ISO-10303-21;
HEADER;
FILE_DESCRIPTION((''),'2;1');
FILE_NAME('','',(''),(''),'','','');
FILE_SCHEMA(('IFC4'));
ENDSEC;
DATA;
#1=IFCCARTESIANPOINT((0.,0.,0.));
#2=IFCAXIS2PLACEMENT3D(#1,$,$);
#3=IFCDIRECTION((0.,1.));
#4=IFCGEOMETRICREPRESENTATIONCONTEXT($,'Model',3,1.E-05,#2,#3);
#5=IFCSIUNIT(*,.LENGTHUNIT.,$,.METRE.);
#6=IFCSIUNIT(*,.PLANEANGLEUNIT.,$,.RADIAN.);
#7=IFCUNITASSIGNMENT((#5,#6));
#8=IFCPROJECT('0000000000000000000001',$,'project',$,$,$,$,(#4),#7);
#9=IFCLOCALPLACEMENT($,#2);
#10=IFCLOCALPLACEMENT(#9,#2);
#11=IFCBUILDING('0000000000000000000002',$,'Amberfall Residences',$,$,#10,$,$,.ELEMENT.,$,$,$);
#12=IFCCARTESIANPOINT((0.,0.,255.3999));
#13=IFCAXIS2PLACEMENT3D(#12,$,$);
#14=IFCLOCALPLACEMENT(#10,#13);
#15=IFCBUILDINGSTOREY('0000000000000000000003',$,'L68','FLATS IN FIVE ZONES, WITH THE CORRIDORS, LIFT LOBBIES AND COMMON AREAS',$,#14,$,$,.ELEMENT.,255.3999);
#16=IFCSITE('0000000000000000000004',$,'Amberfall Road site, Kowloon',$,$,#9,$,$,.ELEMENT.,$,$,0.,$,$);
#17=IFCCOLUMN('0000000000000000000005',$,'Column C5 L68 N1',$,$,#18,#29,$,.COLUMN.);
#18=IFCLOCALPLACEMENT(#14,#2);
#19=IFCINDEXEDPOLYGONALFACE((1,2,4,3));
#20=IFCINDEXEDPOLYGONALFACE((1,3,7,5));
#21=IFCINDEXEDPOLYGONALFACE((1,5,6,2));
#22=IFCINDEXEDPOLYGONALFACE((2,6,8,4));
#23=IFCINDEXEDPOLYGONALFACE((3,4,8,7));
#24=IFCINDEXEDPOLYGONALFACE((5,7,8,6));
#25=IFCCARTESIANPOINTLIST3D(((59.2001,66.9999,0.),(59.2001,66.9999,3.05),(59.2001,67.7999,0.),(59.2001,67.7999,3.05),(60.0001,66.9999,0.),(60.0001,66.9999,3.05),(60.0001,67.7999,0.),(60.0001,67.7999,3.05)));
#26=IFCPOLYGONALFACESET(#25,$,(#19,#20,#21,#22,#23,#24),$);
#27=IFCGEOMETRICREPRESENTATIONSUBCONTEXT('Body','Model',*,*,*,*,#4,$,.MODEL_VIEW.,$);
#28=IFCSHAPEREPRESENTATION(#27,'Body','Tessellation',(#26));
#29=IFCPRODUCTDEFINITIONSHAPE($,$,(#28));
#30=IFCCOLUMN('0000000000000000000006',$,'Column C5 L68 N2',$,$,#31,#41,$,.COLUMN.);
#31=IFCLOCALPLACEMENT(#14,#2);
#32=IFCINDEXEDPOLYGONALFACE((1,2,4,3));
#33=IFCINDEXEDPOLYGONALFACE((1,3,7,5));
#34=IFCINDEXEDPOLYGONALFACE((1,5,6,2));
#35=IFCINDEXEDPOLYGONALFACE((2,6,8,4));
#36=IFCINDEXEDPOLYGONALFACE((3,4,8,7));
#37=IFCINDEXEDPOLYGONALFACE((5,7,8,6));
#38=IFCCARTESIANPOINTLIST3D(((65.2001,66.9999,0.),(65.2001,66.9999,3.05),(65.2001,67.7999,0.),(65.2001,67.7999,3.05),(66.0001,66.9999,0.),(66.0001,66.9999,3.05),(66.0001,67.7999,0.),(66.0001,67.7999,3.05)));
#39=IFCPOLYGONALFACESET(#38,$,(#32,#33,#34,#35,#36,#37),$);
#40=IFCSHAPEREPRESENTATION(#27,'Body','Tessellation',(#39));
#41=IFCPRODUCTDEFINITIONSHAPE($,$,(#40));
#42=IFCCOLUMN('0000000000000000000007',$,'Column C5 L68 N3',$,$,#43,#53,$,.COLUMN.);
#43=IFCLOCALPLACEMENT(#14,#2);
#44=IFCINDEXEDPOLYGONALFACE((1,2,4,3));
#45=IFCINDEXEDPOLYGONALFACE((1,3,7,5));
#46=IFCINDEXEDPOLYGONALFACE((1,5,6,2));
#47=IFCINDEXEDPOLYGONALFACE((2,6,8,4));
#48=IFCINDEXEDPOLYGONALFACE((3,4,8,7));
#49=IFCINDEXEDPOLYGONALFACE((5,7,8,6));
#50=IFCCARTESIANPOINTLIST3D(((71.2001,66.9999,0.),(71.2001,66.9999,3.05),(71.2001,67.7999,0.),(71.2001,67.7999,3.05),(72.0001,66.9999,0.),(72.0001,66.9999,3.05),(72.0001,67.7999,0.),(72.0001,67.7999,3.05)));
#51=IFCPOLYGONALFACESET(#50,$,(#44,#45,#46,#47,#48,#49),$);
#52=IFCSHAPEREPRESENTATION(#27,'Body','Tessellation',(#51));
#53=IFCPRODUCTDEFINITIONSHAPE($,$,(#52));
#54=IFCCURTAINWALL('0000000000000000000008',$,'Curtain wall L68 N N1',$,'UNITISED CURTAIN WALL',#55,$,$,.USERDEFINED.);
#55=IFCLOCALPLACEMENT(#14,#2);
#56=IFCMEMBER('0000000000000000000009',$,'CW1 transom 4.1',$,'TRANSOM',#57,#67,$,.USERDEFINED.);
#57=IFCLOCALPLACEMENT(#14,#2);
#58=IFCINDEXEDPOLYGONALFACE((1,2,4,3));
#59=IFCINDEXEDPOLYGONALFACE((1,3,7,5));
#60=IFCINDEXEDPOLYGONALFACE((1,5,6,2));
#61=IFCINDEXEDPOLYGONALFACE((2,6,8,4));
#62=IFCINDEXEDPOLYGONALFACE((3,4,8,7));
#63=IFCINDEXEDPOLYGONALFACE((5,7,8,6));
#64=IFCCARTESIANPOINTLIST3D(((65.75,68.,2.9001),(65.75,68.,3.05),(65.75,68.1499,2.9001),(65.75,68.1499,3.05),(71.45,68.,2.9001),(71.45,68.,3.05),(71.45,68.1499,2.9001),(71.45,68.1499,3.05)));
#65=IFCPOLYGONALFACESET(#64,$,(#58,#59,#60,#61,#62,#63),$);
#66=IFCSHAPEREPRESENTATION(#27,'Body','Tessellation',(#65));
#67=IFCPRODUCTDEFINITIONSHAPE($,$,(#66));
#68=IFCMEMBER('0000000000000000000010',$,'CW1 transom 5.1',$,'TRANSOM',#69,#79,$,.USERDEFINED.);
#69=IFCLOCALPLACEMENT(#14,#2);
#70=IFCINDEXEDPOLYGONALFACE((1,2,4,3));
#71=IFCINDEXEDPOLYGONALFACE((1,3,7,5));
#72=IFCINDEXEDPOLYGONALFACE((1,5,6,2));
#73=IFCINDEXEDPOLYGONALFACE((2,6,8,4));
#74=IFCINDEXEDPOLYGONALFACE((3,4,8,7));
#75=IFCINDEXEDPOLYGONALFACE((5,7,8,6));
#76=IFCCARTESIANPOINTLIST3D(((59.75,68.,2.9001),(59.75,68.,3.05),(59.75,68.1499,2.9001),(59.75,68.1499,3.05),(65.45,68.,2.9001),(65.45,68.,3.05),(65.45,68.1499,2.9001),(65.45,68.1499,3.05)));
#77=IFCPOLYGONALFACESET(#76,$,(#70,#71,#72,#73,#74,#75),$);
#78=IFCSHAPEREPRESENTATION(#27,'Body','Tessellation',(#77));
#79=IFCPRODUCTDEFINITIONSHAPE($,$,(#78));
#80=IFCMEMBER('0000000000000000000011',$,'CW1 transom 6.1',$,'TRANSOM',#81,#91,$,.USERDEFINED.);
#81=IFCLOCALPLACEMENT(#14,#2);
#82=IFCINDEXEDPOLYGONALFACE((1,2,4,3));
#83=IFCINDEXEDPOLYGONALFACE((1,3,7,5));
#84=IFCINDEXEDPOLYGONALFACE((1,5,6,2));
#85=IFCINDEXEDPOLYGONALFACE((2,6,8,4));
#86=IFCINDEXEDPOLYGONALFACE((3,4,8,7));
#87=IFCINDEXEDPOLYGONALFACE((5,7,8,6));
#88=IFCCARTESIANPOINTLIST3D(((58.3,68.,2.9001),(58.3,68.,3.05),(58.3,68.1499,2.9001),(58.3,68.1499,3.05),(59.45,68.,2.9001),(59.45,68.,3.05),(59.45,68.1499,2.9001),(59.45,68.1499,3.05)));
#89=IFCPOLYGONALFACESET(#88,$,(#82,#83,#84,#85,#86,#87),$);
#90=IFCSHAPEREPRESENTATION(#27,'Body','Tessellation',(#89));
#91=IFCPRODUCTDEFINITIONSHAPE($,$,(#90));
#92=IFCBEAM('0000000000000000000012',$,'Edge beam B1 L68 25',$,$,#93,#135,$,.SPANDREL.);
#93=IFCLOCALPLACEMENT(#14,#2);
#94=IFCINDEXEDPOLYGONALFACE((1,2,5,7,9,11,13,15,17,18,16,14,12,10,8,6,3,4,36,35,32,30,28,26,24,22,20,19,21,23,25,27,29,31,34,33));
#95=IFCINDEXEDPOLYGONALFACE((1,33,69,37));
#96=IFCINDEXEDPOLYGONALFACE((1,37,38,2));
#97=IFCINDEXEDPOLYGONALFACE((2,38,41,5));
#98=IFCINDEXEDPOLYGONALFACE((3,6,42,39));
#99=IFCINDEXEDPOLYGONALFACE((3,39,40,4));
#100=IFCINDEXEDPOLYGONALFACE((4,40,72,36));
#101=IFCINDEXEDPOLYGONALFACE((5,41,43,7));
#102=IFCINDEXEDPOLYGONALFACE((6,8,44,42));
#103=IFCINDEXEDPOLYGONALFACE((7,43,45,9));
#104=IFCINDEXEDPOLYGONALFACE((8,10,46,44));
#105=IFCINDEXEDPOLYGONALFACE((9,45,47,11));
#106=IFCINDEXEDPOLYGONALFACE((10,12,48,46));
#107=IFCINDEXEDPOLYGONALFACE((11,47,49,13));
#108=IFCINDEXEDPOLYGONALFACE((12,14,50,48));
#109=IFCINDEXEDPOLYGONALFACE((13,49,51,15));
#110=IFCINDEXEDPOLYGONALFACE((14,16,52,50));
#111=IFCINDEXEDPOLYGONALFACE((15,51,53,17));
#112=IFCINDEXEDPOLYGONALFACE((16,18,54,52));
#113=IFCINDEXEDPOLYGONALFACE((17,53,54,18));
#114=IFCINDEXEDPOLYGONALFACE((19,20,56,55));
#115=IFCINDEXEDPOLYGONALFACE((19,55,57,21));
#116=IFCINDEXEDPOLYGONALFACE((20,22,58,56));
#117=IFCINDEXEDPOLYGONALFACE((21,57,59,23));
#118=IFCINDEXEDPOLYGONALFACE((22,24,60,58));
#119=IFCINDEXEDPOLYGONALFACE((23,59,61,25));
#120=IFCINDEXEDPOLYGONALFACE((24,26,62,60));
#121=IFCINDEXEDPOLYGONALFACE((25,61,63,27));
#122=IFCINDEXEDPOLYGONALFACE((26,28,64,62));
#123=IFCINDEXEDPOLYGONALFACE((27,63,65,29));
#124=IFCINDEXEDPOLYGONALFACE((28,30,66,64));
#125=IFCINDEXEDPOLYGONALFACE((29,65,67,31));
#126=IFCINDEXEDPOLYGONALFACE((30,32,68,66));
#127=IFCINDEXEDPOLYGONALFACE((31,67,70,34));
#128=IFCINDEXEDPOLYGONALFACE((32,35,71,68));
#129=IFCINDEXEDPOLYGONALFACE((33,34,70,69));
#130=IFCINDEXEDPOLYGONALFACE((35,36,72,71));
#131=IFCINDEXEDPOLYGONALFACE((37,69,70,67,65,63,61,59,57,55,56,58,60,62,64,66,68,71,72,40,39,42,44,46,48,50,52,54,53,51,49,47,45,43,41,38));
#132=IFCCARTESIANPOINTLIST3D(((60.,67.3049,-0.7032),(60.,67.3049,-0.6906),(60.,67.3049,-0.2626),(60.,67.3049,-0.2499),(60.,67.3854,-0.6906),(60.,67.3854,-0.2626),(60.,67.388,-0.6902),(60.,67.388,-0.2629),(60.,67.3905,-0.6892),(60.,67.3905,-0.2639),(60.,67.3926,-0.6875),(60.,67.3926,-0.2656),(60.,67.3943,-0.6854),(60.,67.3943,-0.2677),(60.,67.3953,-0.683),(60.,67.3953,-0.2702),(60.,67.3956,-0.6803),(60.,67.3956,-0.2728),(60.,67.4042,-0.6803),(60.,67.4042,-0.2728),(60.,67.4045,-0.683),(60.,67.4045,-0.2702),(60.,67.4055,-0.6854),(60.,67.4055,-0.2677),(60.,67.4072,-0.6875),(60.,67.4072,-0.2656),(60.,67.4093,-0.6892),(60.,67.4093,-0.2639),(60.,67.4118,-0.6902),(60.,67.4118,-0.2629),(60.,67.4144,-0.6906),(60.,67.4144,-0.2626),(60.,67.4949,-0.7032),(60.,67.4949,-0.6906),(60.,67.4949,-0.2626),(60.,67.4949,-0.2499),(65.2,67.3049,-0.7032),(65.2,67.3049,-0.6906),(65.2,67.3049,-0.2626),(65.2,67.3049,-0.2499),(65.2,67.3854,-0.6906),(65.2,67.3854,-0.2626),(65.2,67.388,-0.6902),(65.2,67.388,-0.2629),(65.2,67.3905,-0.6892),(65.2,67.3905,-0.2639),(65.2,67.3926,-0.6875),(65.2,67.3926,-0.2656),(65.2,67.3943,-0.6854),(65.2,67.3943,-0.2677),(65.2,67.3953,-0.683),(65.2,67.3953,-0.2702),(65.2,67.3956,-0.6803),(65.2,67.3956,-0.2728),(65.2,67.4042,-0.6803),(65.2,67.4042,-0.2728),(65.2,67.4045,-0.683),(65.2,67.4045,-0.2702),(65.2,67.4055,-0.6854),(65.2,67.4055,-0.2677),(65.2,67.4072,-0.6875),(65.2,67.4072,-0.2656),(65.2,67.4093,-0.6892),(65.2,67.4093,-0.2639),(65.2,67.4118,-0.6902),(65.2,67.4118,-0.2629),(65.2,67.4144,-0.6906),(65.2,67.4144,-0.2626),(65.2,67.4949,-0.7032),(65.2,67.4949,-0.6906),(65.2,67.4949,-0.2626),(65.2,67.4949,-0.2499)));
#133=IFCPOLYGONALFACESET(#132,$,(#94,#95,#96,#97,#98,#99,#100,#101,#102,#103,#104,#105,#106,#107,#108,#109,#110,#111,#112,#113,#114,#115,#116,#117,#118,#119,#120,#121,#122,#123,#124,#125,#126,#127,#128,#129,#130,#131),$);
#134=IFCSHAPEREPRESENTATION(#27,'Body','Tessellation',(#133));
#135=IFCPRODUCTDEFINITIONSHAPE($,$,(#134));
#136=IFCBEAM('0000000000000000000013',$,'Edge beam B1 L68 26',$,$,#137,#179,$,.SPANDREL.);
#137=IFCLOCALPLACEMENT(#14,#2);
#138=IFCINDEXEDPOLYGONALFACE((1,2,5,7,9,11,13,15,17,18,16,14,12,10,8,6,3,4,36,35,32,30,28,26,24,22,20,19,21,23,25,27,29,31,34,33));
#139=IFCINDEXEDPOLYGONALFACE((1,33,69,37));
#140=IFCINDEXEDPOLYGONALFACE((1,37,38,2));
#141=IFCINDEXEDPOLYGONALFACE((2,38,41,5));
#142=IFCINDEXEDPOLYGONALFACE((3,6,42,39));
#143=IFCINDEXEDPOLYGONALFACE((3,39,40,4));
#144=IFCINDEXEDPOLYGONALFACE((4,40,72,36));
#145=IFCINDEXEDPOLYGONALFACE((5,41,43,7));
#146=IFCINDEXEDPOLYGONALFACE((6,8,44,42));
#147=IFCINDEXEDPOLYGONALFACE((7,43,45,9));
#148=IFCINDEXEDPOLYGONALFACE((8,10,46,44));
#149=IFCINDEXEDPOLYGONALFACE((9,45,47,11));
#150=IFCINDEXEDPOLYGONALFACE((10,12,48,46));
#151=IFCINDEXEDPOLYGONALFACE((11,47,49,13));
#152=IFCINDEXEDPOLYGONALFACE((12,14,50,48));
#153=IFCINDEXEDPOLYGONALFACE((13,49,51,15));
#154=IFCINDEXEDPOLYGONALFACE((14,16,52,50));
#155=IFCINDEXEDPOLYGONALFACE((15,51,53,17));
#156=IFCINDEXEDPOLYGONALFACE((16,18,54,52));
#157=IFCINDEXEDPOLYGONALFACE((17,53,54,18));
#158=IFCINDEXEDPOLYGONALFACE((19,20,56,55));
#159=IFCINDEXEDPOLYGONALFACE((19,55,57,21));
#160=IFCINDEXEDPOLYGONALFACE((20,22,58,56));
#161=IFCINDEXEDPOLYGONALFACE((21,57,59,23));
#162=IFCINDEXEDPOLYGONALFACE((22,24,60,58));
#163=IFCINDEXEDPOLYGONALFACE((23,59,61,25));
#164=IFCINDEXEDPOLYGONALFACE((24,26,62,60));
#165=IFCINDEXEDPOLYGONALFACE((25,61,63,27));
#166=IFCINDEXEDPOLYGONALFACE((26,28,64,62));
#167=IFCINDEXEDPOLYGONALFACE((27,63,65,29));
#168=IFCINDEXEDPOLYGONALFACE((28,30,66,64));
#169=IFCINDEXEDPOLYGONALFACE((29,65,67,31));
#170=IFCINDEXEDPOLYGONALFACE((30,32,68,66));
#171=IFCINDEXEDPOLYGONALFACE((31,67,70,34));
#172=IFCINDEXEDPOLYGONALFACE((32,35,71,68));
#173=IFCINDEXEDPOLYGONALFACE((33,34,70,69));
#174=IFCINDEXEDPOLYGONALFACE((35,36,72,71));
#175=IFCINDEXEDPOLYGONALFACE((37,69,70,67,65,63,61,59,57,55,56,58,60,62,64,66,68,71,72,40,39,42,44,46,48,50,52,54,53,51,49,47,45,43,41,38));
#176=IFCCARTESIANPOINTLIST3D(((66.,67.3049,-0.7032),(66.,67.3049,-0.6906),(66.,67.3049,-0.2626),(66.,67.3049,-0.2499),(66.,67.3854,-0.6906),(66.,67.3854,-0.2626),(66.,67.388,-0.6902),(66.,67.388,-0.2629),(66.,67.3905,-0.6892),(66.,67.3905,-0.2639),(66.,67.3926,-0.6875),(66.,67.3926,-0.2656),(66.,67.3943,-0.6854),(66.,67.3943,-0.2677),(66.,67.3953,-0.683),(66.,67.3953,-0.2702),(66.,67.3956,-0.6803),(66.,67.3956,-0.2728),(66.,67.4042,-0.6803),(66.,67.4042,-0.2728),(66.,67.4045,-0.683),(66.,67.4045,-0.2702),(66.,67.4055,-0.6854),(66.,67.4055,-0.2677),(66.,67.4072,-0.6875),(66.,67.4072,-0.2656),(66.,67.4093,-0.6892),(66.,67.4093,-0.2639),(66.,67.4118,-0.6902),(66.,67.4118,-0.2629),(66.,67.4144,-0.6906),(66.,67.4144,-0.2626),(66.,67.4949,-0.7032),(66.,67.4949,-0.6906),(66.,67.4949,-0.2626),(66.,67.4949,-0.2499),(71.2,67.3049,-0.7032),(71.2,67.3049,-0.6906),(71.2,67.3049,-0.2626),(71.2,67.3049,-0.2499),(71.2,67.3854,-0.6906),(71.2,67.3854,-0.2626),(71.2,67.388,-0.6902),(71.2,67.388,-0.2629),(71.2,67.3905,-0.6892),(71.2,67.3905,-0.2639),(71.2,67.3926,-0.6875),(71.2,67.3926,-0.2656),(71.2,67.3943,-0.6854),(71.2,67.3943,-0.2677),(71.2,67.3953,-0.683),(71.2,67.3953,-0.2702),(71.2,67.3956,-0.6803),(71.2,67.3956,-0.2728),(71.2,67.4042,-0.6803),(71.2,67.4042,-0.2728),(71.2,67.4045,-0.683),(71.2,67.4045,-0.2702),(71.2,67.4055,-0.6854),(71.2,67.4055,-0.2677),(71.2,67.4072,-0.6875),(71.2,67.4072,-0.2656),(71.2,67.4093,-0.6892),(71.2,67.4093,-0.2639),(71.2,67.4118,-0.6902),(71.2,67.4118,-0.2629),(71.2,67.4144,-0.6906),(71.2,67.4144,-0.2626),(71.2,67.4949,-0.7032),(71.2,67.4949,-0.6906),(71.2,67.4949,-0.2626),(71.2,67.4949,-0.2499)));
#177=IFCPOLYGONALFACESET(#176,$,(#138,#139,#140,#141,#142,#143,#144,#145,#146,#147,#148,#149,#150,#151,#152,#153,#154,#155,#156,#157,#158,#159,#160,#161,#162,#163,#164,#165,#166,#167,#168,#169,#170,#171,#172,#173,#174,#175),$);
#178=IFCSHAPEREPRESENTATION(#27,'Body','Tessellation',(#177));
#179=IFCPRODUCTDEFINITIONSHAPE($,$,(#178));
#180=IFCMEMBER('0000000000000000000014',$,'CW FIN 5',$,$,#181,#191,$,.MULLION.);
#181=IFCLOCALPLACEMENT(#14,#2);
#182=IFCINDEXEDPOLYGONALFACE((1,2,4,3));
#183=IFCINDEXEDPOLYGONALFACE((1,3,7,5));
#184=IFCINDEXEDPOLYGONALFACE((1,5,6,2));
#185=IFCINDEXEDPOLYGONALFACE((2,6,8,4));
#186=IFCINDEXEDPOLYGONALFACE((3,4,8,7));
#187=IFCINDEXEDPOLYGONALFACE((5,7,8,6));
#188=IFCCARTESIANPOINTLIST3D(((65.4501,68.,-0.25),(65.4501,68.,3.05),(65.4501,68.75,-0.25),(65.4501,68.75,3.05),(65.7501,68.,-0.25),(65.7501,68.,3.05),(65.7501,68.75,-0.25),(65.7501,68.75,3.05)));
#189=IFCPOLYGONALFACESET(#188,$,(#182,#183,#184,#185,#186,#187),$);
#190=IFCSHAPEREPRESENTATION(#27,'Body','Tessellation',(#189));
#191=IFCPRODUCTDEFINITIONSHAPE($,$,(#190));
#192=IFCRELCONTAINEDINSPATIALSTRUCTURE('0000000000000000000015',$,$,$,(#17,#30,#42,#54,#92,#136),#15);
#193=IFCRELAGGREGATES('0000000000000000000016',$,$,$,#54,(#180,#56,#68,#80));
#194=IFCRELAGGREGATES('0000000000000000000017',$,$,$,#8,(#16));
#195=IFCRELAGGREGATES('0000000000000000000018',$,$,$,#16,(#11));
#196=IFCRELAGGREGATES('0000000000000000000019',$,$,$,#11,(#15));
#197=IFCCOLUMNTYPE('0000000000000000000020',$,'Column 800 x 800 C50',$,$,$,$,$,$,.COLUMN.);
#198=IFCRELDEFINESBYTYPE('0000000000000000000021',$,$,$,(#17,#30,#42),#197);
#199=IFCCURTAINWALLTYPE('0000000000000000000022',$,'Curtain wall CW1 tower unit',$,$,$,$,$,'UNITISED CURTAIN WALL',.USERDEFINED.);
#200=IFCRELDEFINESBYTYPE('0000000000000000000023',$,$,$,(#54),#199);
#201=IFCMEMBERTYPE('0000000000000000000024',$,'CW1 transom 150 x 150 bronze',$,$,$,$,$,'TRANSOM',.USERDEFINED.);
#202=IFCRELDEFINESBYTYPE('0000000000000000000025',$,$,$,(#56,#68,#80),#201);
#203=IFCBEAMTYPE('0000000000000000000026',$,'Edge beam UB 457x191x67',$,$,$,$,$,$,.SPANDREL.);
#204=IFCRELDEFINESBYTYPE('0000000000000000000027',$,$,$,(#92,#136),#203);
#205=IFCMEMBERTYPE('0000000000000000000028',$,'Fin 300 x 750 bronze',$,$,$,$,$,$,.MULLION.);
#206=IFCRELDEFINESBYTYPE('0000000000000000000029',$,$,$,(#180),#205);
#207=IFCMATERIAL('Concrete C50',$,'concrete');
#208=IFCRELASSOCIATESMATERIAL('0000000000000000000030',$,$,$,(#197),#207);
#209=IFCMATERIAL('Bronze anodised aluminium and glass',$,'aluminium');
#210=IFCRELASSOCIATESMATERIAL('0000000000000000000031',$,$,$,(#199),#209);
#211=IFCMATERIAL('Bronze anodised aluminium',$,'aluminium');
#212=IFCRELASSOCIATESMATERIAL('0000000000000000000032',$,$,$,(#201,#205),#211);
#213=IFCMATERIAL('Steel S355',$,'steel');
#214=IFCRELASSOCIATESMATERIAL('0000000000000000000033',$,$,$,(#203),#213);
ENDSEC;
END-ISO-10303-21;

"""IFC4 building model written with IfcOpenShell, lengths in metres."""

from ifc_helpers import new_model, si_unit, direction, frame, origin, origin_2d, place, context, subcontext, project, spatial, rectangle, i_section, extrude, material, material_profile, profile_set, type_object, element, aggregate, save


model = new_model("IFC4")

# Units and contexts
model_context = context("Model", 3, precision=1e-05, world=origin(), true_north=direction((0.0, 1.0)))
body_context = subcontext(model_context, "Body", "Model", "MODEL_VIEW")
ifc_project = project(units=[si_unit("LENGTHUNIT", "METRE"), si_unit("PLANEANGLEUNIT", "RADIAN")], contexts=[model_context])

# Site, building, storey
site_placement = place(None, origin())
site = spatial("IfcSite", under=ifc_project, at=site_placement, Name="Amberfall Road site, Kowloon", CompositionType="ELEMENT", RefElevation=0.0)
building_placement = place(site_placement, origin())
building = spatial("IfcBuilding", under=site, at=building_placement, Name="Amberfall Residences", CompositionType="ELEMENT")
storey_placement = place(building_placement, frame((0.0, 0.0, 255.3999)))
storey = spatial("IfcBuildingStorey", under=building, at=storey_placement, Name="L68", Description="FLATS IN FIVE ZONES, WITH THE CORRIDORS, LIFT LOBBIES AND COMMON AREAS", CompositionType="ELEMENT", Elevation=255.3999)

# Columns
ifc_material_1 = material(Name="Concrete C50", Category="concrete")
ifc_material_profile_1 = material_profile(ifc_material_1, rectangle(XDim=0.8, YDim=0.8, at=origin_2d()), Name="Column 800 x 800 C50")
ifc_profile_set_1 = profile_set([ifc_material_profile_1], Name="Concrete C50")
column_type = type_object("IfcColumnType", Name="Column 800 x 800 C50", PredefinedType="COLUMN", material=ifc_profile_set_1)
for number, where, z_axis, x_axis, name in (
    (1, (59.6001, 67.3999, 0.0), (0.0, 0.0, 1.0), (1.0, 0.0, 0.0), "Column C5 L68 N1"),
    (2, (65.6001, 67.3999, 0.0), (0.0, 0.0, 1.0), (1.0, 0.0, 0.0), "Column C5 L68 N2"),
    (3, (71.6001, 67.3999, 0.0), (0.0, 0.0, 1.0), (1.0, 0.0, 0.0), "Column C5 L68 N3"),
):
    element("IfcColumn", number, at=place(storey_placement, frame(where, z_axis=z_axis, x_axis=x_axis)), inside=storey, type_object=column_type, Name=name, PredefinedType="COLUMN", context=body_context, shape_type="SweptSolid", body=[
        extrude(rectangle(XDim=0.8, YDim=0.8, at=origin_2d()), origin(), (0.0, 0.0, 1.0), 3.05),
    ])

# Curtain wall, members
ifc_material_2 = material(Name="Bronze anodised aluminium and glass", Category="aluminium")
curtain_wall_type = type_object("IfcCurtainWallType", Name="Curtain wall CW1 tower unit", ElementType="UNITISED CURTAIN WALL", PredefinedType="USERDEFINED", material=ifc_material_2)
curtain_wall_placement = place(storey_placement, origin())
curtain_wall = element("IfcCurtainWall", 4, at=curtain_wall_placement, inside=storey, type_object=curtain_wall_type, Name="Curtain wall L68 N N1", ObjectType="UNITISED CURTAIN WALL", PredefinedType="USERDEFINED")
ifc_material_3 = material(Name="Bronze anodised aluminium", Category="aluminium")
ifc_material_profile_2 = material_profile(ifc_material_3, rectangle(XDim=0.1499, YDim=0.1499, at=origin_2d()), Name="CW1 transom 150 x 150 bronze")
ifc_profile_set_2 = profile_set([ifc_material_profile_2], Name="Bronze anodised aluminium")
member_type_1 = type_object("IfcMemberType", Name="CW1 transom 150 x 150 bronze", ElementType="TRANSOM", PredefinedType="USERDEFINED", material=ifc_profile_set_2)
member_1_placement = place(storey_placement, frame((71.45, 68.075, 2.9751), z_axis=(-1.0, 0.0, 0.0), x_axis=(0.0, -1.0, 0.0)))
member_1 = element("IfcMember", 5, at=member_1_placement, type_object=member_type_1, Name="CW1 transom 4.1", ObjectType="TRANSOM", PredefinedType="USERDEFINED", context=body_context, shape_type="SweptSolid", body=[
    extrude(rectangle(XDim=0.1499, YDim=0.1499, at=origin_2d()), origin(), (0.0, 0.0, 1.0), 5.7),
])
member_2_placement = place(storey_placement, frame((65.45, 68.075, 2.9751), z_axis=(-1.0, 0.0, 0.0), x_axis=(0.0, -1.0, 0.0)))
member_2 = element("IfcMember", 6, at=member_2_placement, type_object=member_type_1, Name="CW1 transom 5.1", ObjectType="TRANSOM", PredefinedType="USERDEFINED", context=body_context, shape_type="SweptSolid", body=[
    extrude(rectangle(XDim=0.1499, YDim=0.1499, at=origin_2d()), origin(), (0.0, 0.0, 1.0), 5.7),
])
member_3_placement = place(storey_placement, frame((59.45, 68.075, 2.9751), z_axis=(-1.0, 0.0, 0.0), x_axis=(0.0, -1.0, 0.0)))
member_3 = element("IfcMember", 7, at=member_3_placement, type_object=member_type_1, Name="CW1 transom 6.1", ObjectType="TRANSOM", PredefinedType="USERDEFINED", context=body_context, shape_type="SweptSolid", body=[
    extrude(rectangle(XDim=0.1499, YDim=0.1499, at=origin_2d()), origin(), (0.0, 0.0, 1.0), 1.1499),
])

# Beams
ifc_material_4 = material(Name="Steel S355", Category="steel")
ifc_material_profile_3 = material_profile(ifc_material_4, i_section(OverallWidth=0.1899, OverallDepth=0.4534, WebThickness=0.0085, FlangeThickness=0.0127, FilletRadius=0.0103, at=origin_2d()), Name="UB 457x191x67")
ifc_profile_set_3 = profile_set([ifc_material_profile_3], Name="Steel S355")
beam_type_1 = type_object("IfcBeamType", Name="Edge beam UB 457x191x67", PredefinedType="SPANDREL", material=ifc_profile_set_3)
for number, where, z_axis, x_axis, name in (
    (8, (60.0, 67.3999, -0.4766), (1.0, 0.0, 0.0), (0.0, 1.0, 0.0), "Edge beam B1 L68 25"),
    (9, (66.0, 67.3999, -0.4766), (1.0, 0.0, 0.0), (0.0, 1.0, 0.0), "Edge beam B1 L68 26"),
):
    element("IfcBeam", number, at=place(storey_placement, frame(where, z_axis=z_axis, x_axis=x_axis)), inside=storey, type_object=beam_type_1, Name=name, PredefinedType="SPANDREL", context=body_context, shape_type="SweptSolid", body=[
        extrude(i_section(OverallWidth=0.1899, OverallDepth=0.4534, WebThickness=0.0085, FlangeThickness=0.0127, FilletRadius=0.0103, at=origin_2d()), origin(), (0.0, 0.0, 1.0), 5.2),
    ])

# Member
ifc_material_profile_4 = material_profile(ifc_material_3, rectangle(XDim=0.75, YDim=0.3, at=origin_2d()), Name="Fin 300 x 750 bronze")
ifc_profile_set_4 = profile_set([ifc_material_profile_4], Name="Bronze anodised aluminium")
member_type_2 = type_object("IfcMemberType", Name="Fin 300 x 750 bronze", PredefinedType="MULLION", material=ifc_profile_set_4)
member_4_placement = place(storey_placement, frame((65.6001, 68.375, -0.25), z_axis=(0.0, 0.0, 1.0), x_axis=(0.0, -1.0, 0.0)))
member_4 = element("IfcMember", 10, at=member_4_placement, type_object=member_type_2, Name="CW FIN 5", PredefinedType="MULLION", context=body_context, shape_type="SweptSolid", body=[
    extrude(rectangle(XDim=0.75, YDim=0.3, at=origin_2d()), origin(), (0.0, 0.0, 1.0), 3.3),
])

aggregate(curtain_wall, [member_4, member_1, member_2, member_3])

save(model, "model.ifc")
